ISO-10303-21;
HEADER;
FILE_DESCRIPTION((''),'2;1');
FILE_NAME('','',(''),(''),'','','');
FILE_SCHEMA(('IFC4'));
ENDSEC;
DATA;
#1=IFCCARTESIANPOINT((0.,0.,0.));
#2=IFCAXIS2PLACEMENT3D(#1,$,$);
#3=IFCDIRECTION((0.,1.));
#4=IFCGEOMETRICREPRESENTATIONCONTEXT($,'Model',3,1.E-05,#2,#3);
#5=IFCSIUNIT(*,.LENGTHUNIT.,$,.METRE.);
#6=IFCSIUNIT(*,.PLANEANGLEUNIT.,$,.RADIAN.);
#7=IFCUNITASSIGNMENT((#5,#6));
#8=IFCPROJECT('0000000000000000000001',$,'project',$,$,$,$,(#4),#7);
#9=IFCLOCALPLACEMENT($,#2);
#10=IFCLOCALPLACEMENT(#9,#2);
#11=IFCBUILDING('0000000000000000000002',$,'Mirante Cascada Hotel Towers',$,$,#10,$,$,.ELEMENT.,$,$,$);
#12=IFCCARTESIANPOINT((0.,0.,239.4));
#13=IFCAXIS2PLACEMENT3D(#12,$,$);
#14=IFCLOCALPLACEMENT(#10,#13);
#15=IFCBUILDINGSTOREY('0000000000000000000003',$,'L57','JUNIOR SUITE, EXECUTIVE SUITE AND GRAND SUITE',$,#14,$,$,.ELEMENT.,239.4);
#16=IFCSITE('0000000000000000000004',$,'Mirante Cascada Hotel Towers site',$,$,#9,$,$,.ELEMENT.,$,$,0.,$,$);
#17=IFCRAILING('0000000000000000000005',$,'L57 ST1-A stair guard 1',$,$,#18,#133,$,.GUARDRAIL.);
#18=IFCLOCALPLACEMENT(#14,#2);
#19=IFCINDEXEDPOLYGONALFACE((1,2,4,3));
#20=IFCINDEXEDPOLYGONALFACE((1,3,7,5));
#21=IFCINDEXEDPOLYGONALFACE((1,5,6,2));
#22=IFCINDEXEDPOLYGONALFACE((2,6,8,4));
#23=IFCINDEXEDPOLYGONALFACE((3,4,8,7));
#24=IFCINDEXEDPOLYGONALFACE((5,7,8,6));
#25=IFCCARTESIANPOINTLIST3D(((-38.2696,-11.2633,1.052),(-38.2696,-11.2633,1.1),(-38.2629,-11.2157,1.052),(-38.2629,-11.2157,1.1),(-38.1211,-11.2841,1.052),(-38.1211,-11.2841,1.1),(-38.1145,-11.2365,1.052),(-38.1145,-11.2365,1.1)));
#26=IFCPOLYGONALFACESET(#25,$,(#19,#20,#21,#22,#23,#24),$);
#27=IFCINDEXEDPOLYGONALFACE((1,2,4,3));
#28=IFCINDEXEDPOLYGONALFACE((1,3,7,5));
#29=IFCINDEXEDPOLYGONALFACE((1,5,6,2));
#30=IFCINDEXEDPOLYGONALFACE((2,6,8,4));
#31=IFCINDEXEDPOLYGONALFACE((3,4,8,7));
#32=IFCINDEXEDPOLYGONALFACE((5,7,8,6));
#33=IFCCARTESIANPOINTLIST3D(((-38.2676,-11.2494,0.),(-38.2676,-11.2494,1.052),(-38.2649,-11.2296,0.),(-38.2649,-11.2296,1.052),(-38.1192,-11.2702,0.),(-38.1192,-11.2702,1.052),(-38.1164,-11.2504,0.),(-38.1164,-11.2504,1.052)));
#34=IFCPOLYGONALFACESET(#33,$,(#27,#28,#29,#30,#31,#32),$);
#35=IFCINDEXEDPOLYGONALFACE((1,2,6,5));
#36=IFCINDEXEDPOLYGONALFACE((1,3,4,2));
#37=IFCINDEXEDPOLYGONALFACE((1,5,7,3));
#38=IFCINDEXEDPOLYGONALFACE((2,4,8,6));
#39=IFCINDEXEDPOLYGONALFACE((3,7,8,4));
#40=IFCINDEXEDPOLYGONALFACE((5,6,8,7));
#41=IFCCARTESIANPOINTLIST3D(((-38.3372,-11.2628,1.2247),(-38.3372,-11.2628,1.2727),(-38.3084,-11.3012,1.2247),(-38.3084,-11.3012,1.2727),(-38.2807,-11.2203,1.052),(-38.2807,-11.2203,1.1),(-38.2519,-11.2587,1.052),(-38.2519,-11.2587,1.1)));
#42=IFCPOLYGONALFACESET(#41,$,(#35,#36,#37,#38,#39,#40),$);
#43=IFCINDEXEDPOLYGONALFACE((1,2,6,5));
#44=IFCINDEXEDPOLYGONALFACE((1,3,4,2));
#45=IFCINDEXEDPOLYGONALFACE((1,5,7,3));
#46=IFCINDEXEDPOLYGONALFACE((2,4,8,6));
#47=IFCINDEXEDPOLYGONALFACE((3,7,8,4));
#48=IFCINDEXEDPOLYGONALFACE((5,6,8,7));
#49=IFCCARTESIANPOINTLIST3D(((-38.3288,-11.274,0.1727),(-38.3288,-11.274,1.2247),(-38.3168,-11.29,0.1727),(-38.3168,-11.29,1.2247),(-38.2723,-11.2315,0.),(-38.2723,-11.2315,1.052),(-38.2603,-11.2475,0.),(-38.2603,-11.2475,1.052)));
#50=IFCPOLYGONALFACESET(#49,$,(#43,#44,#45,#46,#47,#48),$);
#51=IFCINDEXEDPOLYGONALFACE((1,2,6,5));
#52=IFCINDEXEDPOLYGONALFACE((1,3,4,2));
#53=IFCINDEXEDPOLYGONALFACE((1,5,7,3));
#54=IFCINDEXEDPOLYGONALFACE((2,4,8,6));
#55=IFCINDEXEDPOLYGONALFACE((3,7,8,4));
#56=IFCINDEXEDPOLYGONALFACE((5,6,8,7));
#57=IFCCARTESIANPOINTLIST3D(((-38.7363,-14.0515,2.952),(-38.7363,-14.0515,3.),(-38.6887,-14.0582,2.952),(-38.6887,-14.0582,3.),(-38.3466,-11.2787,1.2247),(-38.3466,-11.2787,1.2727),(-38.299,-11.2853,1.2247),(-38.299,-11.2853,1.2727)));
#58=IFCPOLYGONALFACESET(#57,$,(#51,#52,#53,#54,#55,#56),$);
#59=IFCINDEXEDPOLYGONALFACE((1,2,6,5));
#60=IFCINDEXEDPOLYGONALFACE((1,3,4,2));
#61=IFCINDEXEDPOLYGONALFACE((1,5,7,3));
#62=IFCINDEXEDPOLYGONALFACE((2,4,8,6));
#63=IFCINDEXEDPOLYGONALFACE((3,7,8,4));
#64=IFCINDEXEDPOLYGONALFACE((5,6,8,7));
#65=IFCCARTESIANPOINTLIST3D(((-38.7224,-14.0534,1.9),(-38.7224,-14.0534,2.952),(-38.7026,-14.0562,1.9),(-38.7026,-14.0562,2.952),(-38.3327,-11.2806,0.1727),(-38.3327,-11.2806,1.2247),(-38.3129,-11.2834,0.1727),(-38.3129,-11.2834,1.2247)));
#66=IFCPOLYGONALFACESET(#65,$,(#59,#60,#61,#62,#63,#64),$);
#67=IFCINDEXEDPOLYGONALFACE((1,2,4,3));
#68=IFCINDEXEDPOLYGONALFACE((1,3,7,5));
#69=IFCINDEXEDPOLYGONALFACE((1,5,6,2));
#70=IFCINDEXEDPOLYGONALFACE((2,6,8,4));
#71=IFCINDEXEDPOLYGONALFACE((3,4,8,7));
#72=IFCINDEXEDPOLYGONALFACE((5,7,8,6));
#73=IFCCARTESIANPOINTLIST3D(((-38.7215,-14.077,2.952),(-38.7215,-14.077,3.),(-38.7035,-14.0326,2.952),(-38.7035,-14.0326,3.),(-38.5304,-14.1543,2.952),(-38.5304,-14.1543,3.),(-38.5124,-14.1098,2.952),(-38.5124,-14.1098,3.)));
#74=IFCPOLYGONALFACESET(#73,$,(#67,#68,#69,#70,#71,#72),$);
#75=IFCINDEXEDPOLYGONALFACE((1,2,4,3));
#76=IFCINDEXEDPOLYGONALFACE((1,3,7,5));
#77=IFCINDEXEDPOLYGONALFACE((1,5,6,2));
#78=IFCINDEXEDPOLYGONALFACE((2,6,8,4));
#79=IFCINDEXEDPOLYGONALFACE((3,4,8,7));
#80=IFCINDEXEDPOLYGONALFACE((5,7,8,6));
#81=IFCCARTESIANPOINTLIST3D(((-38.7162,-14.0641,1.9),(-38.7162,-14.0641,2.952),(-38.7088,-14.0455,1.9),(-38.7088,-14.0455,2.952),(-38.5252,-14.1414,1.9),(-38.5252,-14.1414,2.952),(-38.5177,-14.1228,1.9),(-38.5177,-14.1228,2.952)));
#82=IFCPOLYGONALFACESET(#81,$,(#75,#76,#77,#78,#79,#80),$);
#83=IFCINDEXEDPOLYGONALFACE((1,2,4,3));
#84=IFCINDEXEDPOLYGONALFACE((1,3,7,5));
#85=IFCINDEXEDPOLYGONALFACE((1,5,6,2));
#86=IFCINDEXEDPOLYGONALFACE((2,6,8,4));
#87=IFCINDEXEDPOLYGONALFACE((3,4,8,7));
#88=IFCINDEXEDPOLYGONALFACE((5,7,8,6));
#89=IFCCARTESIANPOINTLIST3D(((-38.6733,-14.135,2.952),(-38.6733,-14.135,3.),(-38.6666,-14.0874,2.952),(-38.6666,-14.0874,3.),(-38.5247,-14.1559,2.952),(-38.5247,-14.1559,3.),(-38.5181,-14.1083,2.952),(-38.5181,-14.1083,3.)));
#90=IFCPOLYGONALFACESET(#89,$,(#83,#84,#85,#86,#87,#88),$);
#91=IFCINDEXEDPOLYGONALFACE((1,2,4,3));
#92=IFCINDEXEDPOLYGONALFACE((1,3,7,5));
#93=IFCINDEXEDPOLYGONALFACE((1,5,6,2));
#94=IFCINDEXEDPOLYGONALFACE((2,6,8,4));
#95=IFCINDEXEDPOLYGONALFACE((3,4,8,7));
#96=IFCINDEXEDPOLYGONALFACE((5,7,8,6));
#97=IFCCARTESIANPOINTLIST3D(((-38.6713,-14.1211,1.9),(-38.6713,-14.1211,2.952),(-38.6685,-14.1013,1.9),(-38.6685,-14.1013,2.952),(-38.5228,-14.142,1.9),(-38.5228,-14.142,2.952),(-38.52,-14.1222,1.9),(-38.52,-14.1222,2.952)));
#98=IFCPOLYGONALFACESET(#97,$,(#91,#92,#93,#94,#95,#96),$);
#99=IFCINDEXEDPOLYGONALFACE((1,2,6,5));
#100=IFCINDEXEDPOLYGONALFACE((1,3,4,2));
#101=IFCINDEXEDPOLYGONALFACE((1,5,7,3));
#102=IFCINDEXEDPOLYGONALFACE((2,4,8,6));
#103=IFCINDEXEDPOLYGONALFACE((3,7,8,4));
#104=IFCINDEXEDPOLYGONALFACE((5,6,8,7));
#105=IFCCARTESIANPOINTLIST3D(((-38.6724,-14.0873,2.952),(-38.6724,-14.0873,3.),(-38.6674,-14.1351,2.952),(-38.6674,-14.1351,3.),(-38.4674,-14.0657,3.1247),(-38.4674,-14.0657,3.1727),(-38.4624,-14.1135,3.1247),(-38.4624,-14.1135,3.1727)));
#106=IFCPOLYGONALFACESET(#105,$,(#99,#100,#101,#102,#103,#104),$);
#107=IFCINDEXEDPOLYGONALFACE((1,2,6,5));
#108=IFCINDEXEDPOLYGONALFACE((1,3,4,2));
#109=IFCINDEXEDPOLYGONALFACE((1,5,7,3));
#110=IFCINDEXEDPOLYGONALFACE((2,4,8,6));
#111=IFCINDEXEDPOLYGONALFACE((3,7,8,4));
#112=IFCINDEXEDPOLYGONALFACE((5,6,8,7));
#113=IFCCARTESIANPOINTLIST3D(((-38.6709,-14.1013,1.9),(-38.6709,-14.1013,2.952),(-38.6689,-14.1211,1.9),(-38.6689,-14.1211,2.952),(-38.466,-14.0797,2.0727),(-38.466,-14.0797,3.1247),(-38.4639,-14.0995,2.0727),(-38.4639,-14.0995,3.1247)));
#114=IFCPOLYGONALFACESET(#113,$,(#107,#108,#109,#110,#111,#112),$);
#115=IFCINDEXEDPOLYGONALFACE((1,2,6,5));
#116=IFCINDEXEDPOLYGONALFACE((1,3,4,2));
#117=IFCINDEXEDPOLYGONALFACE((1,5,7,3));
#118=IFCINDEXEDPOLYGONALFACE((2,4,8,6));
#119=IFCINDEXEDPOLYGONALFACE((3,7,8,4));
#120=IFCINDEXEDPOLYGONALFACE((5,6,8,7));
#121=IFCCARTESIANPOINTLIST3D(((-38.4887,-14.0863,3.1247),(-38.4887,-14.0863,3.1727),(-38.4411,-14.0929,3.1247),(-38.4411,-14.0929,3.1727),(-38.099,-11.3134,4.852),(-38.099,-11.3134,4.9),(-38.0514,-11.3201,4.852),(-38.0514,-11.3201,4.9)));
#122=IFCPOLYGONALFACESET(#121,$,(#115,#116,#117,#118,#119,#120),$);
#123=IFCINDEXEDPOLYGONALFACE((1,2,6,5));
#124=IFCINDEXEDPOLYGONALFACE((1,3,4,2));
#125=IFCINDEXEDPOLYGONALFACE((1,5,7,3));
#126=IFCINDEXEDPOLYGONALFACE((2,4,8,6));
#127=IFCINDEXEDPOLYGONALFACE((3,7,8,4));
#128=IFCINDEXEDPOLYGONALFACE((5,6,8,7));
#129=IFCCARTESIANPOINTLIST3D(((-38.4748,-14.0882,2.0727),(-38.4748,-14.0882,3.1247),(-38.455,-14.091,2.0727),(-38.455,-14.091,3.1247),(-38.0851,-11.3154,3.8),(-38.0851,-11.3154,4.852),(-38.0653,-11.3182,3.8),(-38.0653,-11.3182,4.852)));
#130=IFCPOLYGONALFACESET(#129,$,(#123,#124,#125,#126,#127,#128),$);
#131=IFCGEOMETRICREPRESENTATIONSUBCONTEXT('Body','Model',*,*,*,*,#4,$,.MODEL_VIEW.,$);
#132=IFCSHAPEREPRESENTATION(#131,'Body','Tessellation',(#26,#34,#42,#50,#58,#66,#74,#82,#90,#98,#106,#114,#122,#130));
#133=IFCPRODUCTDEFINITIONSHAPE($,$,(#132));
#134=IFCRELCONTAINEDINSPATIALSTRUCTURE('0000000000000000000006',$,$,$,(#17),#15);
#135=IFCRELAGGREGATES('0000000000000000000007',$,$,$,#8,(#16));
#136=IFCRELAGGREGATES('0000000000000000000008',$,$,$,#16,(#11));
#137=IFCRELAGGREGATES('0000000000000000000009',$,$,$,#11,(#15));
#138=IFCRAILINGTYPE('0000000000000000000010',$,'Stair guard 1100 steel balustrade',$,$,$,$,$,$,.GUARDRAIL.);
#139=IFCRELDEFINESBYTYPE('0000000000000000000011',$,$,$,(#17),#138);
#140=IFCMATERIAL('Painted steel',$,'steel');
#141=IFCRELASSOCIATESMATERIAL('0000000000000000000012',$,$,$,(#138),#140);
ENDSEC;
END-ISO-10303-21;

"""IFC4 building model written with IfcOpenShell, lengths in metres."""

from ifc_helpers import new_model, si_unit, direction, frame, origin, origin_2d, place, context, subcontext, project, spatial, rectangle, extrude, material, type_object, element, save


model = new_model("IFC4")

# Units and contexts
model_context = context("Model", 3, precision=1e-05, world=origin(), true_north=direction((0.0, 1.0)))
body_context = subcontext(model_context, "Body", "Model", "MODEL_VIEW")
ifc_project = project(units=[si_unit("LENGTHUNIT", "METRE"), si_unit("PLANEANGLEUNIT", "RADIAN")], contexts=[model_context])

# Site, building, storey
site_placement = place(None, origin())
site = spatial("IfcSite", under=ifc_project, at=site_placement, Name="Mirante Cascada Hotel Towers site", CompositionType="ELEMENT", RefElevation=0.0)
building_placement = place(site_placement, origin())
building = spatial("IfcBuilding", under=site, at=building_placement, Name="Mirante Cascada Hotel Towers", CompositionType="ELEMENT")
storey_placement = place(building_placement, frame((0.0, 0.0, 239.4)))
storey = spatial("IfcBuildingStorey", under=building, at=storey_placement, Name="L57", Description="JUNIOR SUITE, EXECUTIVE SUITE AND GRAND SUITE", CompositionType="ELEMENT", Elevation=239.4)

# Railing
ifc_material_1 = material(Name="Painted steel", Category="steel")
railing_type = type_object("IfcRailingType", Name="Stair guard 1100 steel balustrade", PredefinedType="GUARDRAIL", material=ifc_material_1)
railing_placement = place(storey_placement, frame((-38.1178, -11.2603, 0.0)))
element("IfcRailing", 1, at=railing_placement, inside=storey, type_object=railing_type, Name="L57 ST1-A stair guard 1", PredefinedType="GUARDRAIL", context=body_context, shape_type="SweptSolid", body=[
    extrude(rectangle(XDim=0.048, YDim=0.048, at=origin_2d()), frame((0.0, 0.0, 1.076), z_axis=(-0.990333, 0.138713, 0.0), x_axis=(-0.138713, -0.990333, 0.0)), (0.0, 0.0, 1.0), 0.1499),
    extrude(rectangle(XDim=0.02, YDim=1.052, at=origin_2d()), frame((0.0, 0.0, 0.526), z_axis=(-0.990333, 0.138713, 0.0), x_axis=(-0.138713, -0.990333, 0.0)), (0.0, 0.0, 1.0), 0.1499),
    extrude(rectangle(XDim=0.048, YDim=0.048, at=origin_2d()), frame((-0.1485, 0.0208, 1.076), z_axis=(-0.79915, -0.601131, 0.0), x_axis=(0.601131, -0.79915, 0.0)), (0.0, 0.925453, 0.378863), 0.1866),
    extrude(rectangle(XDim=0.02, YDim=1.052, at=origin_2d()), frame((-0.1485, 0.0208, 0.526), z_axis=(-0.79915, -0.601131, 0.0), x_axis=(0.601131, -0.79915, 0.0)), (0.0, 0.925453, 0.378863), 0.1866),
    extrude(rectangle(XDim=0.048, YDim=0.048, at=origin_2d()), frame((-0.205, -0.0217, 1.2487), z_axis=(-0.139176, -0.990268, 0.0), x_axis=(0.990268, -0.139176, 0.0)), (0.0, 0.525021, 0.851089), 3.29),
    extrude(rectangle(XDim=0.02, YDim=1.052, at=origin_2d()), frame((-0.205, -0.0217, 0.6987), z_axis=(-0.139176, -0.990268, 0.0), x_axis=(0.990268, -0.139176, 0.0)), (0.0, 0.525021, 0.851089), 3.29),
    extrude(rectangle(XDim=0.048, YDim=0.048, at=origin_2d()), frame((-0.5947, -2.7945, 2.976), z_axis=(0.927031, -0.374984, 0.0), x_axis=(0.374984, 0.927031, 0.0)), (0.0, 0.0, 1.0), 0.2061),
    extrude(rectangle(XDim=0.02, YDim=1.052, at=origin_2d()), frame((-0.5947, -2.7945, 2.426), z_axis=(0.927031, -0.374984, 0.0), x_axis=(0.374984, 0.927031, 0.0)), (0.0, 0.0, 1.0), 0.2061),
    extrude(rectangle(XDim=0.048, YDim=0.048, at=origin_2d()), frame((-0.4036, -2.8718, 2.976), z_axis=(-0.990241, 0.139367, 0.0), x_axis=(-0.139367, -0.990241, 0.0)), (0.0, 0.0, 1.0), 0.15),
    extrude(rectangle(XDim=0.02, YDim=1.052, at=origin_2d()), frame((-0.4036, -2.8718, 2.426), z_axis=(-0.990241, 0.139367, 0.0), x_axis=(-0.139367, -0.990241, 0.0)), (0.0, 0.0, 1.0), 0.15),
    extrude(rectangle(XDim=0.048, YDim=0.048, at=origin_2d()), frame((-0.5521, -2.8509, 2.976), z_axis=(0.994495, 0.104786, 0.0), x_axis=(-0.104786, 0.994495, 0.0)), (0.0, 0.642203, 0.766534), 0.2689),
    extrude(rectangle(XDim=0.02, YDim=1.052, at=origin_2d()), frame((-0.5521, -2.8509, 2.426), z_axis=(0.994495, 0.104786, 0.0), x_axis=(-0.104786, 0.994495, 0.0)), (0.0, 0.642203, 0.766534), 0.2689),
    extrude(rectangle(XDim=0.048, YDim=0.048, at=origin_2d()), frame((-0.3471, -2.8293, 3.1487), z_axis=(0.139176, 0.990268, 0.0), x_axis=(-0.990268, 0.139176, 0.0)), (0.0, 0.525021, 0.851089), 3.29),
    extrude(rectangle(XDim=0.02, YDim=1.052, at=origin_2d()), frame((-0.3471, -2.8293, 2.5987), z_axis=(0.139176, 0.990268, 0.0), x_axis=(-0.990268, 0.139176, 0.0)), (0.0, 0.525021, 0.851089), 3.29),
])

save(model, "model.ifc")
